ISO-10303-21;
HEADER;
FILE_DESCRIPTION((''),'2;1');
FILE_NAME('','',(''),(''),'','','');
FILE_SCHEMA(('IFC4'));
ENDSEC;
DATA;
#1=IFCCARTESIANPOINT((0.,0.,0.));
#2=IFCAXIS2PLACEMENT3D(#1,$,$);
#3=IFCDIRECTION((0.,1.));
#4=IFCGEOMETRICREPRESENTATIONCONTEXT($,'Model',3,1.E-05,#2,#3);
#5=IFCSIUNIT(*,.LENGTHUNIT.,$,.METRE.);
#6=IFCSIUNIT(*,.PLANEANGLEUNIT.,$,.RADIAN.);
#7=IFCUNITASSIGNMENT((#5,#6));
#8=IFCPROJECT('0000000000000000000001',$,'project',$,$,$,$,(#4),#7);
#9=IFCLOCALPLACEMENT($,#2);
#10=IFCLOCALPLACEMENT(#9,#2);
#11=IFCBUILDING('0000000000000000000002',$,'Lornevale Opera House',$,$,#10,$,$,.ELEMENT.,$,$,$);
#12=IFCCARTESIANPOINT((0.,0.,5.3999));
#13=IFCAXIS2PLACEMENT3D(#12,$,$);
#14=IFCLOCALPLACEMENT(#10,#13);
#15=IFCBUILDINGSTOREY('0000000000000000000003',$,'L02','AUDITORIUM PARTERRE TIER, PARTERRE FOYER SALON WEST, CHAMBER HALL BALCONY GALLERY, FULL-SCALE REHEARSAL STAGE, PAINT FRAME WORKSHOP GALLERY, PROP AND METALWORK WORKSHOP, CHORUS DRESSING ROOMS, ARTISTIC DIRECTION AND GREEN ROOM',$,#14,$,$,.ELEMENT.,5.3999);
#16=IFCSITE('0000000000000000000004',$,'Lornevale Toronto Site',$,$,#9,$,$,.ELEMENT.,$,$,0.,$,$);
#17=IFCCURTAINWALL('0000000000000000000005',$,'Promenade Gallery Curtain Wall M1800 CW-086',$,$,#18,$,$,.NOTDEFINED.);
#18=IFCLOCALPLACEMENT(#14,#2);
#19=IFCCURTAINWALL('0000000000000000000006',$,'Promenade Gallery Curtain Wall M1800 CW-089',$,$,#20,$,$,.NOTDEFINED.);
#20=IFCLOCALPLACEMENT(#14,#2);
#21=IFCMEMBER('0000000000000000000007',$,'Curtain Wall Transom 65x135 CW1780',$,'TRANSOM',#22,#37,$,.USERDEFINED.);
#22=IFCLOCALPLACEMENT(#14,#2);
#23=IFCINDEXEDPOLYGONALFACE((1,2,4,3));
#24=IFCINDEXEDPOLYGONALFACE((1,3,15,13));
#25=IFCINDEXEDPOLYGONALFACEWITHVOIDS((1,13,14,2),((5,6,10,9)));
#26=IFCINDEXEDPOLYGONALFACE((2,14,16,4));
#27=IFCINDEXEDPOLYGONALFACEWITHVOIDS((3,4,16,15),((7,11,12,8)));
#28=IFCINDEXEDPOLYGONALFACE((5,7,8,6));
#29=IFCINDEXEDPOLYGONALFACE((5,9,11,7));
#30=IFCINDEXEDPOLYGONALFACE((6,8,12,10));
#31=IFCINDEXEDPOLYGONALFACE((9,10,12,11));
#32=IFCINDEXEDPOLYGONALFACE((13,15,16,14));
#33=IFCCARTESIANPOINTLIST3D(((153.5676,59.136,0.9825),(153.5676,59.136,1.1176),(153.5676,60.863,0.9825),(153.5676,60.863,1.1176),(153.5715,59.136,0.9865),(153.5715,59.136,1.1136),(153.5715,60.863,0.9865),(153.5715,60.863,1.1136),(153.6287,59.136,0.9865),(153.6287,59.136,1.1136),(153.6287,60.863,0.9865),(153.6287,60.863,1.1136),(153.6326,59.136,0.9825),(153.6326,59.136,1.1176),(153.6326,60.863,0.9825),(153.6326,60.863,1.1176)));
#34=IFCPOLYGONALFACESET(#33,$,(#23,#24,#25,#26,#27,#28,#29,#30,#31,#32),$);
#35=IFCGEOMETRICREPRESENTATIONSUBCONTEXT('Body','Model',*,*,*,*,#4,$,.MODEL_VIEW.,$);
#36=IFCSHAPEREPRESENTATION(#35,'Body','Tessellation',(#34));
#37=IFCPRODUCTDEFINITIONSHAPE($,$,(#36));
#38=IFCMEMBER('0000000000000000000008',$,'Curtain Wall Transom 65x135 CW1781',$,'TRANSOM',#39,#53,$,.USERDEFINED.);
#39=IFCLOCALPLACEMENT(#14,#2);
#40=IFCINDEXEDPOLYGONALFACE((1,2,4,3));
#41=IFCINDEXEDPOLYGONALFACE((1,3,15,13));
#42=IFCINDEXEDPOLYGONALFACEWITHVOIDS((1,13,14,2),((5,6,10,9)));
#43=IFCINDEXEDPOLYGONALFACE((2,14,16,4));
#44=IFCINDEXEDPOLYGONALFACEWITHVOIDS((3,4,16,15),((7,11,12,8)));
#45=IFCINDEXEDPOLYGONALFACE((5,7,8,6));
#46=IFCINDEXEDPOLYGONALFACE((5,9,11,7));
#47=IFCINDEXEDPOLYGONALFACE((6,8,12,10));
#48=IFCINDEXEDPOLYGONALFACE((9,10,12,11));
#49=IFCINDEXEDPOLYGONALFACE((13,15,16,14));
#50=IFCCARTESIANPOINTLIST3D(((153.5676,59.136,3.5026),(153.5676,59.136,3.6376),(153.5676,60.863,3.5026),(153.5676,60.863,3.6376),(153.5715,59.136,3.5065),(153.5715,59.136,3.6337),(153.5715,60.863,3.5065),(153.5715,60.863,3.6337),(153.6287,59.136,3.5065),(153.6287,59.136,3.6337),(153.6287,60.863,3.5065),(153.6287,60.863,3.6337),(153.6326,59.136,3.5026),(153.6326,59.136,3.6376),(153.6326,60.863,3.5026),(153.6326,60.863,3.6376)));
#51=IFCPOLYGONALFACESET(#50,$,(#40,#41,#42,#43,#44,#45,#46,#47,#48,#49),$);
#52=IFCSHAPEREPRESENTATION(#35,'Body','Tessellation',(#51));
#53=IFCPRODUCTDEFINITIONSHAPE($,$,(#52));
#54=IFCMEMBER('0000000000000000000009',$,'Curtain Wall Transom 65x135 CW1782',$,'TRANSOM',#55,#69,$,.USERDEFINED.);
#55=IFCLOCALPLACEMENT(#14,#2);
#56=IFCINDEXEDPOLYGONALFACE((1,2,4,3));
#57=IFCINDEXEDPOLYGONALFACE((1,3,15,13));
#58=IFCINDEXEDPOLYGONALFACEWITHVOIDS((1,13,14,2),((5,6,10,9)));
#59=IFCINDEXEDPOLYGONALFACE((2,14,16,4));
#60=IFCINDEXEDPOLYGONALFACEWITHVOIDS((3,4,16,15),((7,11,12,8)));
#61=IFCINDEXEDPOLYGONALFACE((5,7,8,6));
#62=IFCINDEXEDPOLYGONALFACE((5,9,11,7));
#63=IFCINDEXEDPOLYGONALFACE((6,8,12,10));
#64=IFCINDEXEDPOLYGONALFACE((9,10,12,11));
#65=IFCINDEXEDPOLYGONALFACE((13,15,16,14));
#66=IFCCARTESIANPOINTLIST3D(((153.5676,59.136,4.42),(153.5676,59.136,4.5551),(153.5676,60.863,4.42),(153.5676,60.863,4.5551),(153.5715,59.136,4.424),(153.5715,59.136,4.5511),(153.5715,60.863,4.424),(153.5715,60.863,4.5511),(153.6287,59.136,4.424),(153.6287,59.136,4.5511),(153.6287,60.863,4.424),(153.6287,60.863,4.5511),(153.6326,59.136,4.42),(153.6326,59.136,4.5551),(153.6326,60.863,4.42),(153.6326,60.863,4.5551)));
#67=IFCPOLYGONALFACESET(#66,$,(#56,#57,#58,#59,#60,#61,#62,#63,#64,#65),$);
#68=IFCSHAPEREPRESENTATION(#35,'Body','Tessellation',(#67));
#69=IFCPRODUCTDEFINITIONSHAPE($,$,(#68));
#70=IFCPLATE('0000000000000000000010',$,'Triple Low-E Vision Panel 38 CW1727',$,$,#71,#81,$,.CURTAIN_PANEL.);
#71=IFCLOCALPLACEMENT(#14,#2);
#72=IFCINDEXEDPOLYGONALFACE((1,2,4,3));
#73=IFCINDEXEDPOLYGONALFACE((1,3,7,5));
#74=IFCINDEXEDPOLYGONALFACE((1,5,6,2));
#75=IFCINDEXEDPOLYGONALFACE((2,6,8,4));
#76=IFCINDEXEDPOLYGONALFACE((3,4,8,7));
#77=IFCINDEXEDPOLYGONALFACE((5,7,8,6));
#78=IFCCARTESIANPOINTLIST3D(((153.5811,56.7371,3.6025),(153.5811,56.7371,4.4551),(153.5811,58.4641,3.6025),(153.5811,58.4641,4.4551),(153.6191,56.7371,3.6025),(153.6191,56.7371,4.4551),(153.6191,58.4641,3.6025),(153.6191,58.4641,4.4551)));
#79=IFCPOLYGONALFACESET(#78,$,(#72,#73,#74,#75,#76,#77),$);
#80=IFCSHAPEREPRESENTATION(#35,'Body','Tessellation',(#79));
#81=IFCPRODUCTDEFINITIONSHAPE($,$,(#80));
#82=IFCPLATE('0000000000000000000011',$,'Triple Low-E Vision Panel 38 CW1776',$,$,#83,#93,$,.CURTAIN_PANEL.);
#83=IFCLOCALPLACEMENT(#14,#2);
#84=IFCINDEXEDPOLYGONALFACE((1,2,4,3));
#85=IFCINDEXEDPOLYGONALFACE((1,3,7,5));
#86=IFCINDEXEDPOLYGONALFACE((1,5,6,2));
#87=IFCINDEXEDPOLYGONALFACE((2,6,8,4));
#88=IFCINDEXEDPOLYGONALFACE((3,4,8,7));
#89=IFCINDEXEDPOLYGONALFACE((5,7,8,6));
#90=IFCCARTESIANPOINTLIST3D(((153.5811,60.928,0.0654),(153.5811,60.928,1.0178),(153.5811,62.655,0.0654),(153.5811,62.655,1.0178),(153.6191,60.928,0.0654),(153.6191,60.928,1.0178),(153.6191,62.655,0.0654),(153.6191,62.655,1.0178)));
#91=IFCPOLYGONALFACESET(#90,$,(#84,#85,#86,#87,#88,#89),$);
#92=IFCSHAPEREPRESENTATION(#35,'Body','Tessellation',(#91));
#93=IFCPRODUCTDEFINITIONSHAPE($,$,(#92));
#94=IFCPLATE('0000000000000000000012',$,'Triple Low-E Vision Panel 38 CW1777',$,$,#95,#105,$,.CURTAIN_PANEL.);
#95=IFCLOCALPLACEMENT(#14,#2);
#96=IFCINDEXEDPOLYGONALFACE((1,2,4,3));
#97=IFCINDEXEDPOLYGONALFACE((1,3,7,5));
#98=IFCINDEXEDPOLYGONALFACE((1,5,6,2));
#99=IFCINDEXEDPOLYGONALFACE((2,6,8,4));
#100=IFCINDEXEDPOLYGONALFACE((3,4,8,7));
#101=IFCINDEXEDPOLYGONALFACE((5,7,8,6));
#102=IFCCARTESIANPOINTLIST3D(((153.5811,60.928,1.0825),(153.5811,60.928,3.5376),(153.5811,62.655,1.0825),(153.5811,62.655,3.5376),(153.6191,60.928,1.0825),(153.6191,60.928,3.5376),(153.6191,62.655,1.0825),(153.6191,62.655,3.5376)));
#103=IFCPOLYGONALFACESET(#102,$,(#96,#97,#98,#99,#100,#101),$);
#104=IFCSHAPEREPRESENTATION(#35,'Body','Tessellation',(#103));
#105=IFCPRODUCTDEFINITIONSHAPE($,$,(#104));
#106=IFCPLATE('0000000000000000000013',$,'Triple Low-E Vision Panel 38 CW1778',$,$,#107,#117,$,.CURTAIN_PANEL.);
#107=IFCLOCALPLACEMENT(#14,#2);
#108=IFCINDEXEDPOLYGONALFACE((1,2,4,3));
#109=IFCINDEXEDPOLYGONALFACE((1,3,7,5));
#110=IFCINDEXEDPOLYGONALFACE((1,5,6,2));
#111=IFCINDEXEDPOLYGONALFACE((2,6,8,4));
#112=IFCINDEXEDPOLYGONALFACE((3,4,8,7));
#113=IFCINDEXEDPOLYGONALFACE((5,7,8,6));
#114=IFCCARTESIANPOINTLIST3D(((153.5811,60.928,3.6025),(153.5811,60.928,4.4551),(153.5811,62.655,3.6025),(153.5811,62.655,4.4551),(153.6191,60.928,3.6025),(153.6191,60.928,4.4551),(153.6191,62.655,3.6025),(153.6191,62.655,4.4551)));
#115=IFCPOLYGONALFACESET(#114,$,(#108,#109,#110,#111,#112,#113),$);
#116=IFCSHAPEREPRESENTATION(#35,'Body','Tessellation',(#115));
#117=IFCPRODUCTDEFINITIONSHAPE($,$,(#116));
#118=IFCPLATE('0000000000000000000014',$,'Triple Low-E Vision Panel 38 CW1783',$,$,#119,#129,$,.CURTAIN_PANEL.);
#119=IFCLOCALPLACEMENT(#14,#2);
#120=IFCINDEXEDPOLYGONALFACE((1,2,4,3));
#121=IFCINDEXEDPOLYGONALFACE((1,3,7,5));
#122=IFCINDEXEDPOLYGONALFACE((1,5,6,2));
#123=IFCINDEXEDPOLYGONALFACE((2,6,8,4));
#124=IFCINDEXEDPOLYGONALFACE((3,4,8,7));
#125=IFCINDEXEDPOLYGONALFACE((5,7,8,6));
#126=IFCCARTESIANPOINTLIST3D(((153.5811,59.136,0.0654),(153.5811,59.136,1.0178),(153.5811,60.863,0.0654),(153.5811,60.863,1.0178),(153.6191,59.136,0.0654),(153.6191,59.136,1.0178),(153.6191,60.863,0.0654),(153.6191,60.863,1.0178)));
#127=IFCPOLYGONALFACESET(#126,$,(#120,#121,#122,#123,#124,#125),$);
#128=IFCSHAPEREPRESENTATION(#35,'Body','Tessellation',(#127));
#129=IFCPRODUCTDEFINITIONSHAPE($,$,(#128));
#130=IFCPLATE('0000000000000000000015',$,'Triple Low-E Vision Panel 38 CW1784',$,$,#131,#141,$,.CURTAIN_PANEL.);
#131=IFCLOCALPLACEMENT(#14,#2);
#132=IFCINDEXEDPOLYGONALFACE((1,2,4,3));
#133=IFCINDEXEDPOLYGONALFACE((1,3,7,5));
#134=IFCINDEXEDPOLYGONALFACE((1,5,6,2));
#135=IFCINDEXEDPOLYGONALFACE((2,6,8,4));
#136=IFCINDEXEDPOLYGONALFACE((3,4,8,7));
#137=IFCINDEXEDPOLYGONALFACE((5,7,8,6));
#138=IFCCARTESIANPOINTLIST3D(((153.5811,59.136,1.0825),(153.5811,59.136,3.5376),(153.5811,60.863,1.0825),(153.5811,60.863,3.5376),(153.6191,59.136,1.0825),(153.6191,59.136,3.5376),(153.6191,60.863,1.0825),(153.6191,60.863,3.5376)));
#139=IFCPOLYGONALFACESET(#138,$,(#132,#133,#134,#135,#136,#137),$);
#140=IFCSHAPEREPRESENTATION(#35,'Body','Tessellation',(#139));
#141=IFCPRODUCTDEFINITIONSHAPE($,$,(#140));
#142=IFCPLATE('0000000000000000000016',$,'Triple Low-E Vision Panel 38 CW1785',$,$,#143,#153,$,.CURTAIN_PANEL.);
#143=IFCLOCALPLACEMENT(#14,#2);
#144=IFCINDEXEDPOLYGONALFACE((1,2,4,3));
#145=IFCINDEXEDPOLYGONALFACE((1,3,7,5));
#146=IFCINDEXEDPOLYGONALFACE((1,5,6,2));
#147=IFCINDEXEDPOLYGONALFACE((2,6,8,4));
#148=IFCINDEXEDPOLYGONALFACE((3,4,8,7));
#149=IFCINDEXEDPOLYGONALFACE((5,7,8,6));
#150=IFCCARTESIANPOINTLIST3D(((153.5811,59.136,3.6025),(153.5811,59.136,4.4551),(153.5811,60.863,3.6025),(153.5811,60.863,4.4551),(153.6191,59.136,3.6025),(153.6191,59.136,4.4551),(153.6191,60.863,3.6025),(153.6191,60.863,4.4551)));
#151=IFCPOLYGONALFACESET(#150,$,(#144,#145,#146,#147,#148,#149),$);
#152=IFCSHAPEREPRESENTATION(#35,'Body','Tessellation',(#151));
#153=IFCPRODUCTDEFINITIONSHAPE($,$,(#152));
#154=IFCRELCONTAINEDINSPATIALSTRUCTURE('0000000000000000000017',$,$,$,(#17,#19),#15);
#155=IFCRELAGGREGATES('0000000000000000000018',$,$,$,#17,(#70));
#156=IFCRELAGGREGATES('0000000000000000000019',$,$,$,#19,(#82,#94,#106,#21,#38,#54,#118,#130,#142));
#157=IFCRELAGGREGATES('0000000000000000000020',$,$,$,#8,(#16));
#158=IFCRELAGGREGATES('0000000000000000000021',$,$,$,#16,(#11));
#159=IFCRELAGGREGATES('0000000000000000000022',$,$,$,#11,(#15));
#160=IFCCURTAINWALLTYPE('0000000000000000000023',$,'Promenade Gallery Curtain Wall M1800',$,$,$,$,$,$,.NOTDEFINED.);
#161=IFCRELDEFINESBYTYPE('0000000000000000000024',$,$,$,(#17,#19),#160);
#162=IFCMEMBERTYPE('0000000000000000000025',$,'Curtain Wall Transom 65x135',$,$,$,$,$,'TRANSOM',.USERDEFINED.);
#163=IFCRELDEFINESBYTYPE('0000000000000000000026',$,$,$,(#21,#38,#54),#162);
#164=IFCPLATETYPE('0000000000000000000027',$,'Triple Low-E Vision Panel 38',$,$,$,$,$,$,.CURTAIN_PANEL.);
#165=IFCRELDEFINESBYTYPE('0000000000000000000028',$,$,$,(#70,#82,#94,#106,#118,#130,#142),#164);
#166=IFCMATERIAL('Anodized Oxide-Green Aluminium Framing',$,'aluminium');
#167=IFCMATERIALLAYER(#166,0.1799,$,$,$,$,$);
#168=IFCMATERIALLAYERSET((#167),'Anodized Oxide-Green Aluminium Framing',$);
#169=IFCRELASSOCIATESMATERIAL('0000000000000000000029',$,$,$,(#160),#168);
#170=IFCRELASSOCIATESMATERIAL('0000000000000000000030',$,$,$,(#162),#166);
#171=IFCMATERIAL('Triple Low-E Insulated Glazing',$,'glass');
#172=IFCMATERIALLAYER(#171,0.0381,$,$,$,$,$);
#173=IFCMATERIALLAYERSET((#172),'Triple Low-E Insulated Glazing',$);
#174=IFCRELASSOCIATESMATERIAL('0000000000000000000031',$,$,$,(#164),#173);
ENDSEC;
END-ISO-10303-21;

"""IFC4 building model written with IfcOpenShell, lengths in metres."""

from ifc_helpers import new_model, si_unit, direction, frame, origin, origin_2d, place, context, subcontext, project, spatial, rectangle, hollow_rectangle, extrude, material, layer, layer_set, material_profile, profile_set, type_object, element, aggregate, save


model = new_model("IFC4")

# Units and contexts
model_context = context("Model", 3, precision=1e-05, world=origin(), true_north=direction((0.0, 1.0)))
body_context = subcontext(model_context, "Body", "Model", "MODEL_VIEW")
ifc_project = project(units=[si_unit("LENGTHUNIT", "METRE"), si_unit("PLANEANGLEUNIT", "RADIAN")], contexts=[model_context])

# Site, building, storey
site_placement = place(None, origin())
site = spatial("IfcSite", under=ifc_project, at=site_placement, Name="Lornevale Toronto Site", CompositionType="ELEMENT", RefElevation=0.0)
building_placement = place(site_placement, origin())
building = spatial("IfcBuilding", under=site, at=building_placement, Name="Lornevale Opera House", CompositionType="ELEMENT")
storey_placement = place(building_placement, frame((0.0, 0.0, 5.3999)))
storey = spatial("IfcBuildingStorey", under=building, at=storey_placement, Name="L02", Description="AUDITORIUM PARTERRE TIER, PARTERRE FOYER SALON WEST, CHAMBER HALL BALCONY GALLERY, FULL-SCALE REHEARSAL STAGE, PAINT FRAME WORKSHOP GALLERY, PROP AND METALWORK WORKSHOP, CHORUS DRESSING ROOMS, ARTISTIC DIRECTION AND GREEN ROOM", CompositionType="ELEMENT", Elevation=5.3999)

# Curtain wall
ifc_material_1 = material(Name="Anodized Oxide-Green Aluminium Framing", Category="aluminium")
ifc_layer_1 = layer(ifc_material_1, 0.1799)
ifc_layer_set_1 = layer_set([ifc_layer_1], Name="Anodized Oxide-Green Aluminium Framing")
curtain_wall_type = type_object("IfcCurtainWallType", Name="Promenade Gallery Curtain Wall M1800", PredefinedType="NOTDEFINED", material=ifc_layer_set_1)
curtain_wall_1_placement = place(storey_placement, origin())
curtain_wall_1 = element("IfcCurtainWall", 1, at=curtain_wall_1_placement, inside=storey, type_object=curtain_wall_type, Name="Promenade Gallery Curtain Wall M1800 CW-086", PredefinedType="NOTDEFINED")

# Curtain wall
curtain_wall_2_placement = place(storey_placement, origin())
curtain_wall_2 = element("IfcCurtainWall", 2, at=curtain_wall_2_placement, inside=storey, type_object=curtain_wall_type, Name="Promenade Gallery Curtain Wall M1800 CW-089", PredefinedType="NOTDEFINED")

# Members
ifc_material_profile_1 = material_profile(ifc_material_1, hollow_rectangle(XDim=0.0649, YDim=0.135, WallThickness=0.0039, at=origin_2d()), Name="ALU65x135x4")
ifc_profile_set_1 = profile_set([ifc_material_profile_1], Name="Anodized Oxide-Green Aluminium Framing")
member_type_1 = type_object("IfcMemberType", Name="Curtain Wall Transom 65x135", ElementType="TRANSOM", PredefinedType="USERDEFINED", material=ifc_profile_set_1)
member_1_placement = place(storey_placement, frame((153.6001, 60.863, 1.05), z_axis=(0.0, -1.0, 0.0), x_axis=(1.0, 0.0, 0.0)))
member_1 = element("IfcMember", 3, at=member_1_placement, type_object=member_type_1, Name="Curtain Wall Transom 65x135 CW1780", ObjectType="TRANSOM", PredefinedType="USERDEFINED", context=body_context, shape_type="SweptSolid", body=[
    extrude(hollow_rectangle(XDim=0.0649, YDim=0.135, WallThickness=0.0039, at=origin_2d()), origin(), (0.0, 0.0, 1.0), 1.7271),
])
member_2_placement = place(storey_placement, frame((153.6001, 60.863, 3.5701), z_axis=(0.0, -1.0, 0.0), x_axis=(1.0, 0.0, 0.0)))
member_2 = element("IfcMember", 4, at=member_2_placement, type_object=member_type_1, Name="Curtain Wall Transom 65x135 CW1781", ObjectType="TRANSOM", PredefinedType="USERDEFINED", context=body_context, shape_type="SweptSolid", body=[
    extrude(hollow_rectangle(XDim=0.0649, YDim=0.135, WallThickness=0.0039, at=origin_2d()), origin(), (0.0, 0.0, 1.0), 1.7271),
])
member_3_placement = place(storey_placement, frame((153.6001, 60.863, 4.4875), z_axis=(0.0, -1.0, 0.0), x_axis=(1.0, 0.0, 0.0)))
member_3 = element("IfcMember", 5, at=member_3_placement, type_object=member_type_1, Name="Curtain Wall Transom 65x135 CW1782", ObjectType="TRANSOM", PredefinedType="USERDEFINED", context=body_context, shape_type="SweptSolid", body=[
    extrude(hollow_rectangle(XDim=0.0649, YDim=0.135, WallThickness=0.0039, at=origin_2d()), origin(), (0.0, 0.0, 1.0), 1.7271),
])

# Plates
ifc_material_2 = material(Name="Triple Low-E Insulated Glazing", Category="glass")
ifc_layer_2 = layer(ifc_material_2, 0.0381)
ifc_layer_set_2 = layer_set([ifc_layer_2], Name="Triple Low-E Insulated Glazing")
plate_type = type_object("IfcPlateType", Name="Triple Low-E Vision Panel 38", PredefinedType="CURTAIN_PANEL", material=ifc_layer_set_2)
plate_1_placement = place(storey_placement, frame((153.6001, 57.6006, 3.6025), z_axis=(0.0, 0.0, 1.0), x_axis=(0.0, -1.0, 0.0)))
plate_1 = element("IfcPlate", 6, at=plate_1_placement, type_object=plate_type, Name="Triple Low-E Vision Panel 38 CW1727", PredefinedType="CURTAIN_PANEL", context=body_context, shape_type="SweptSolid", body=[
    extrude(rectangle(XDim=1.7271, YDim=0.0381, at=origin_2d()), origin(), (0.0, 0.0, 1.0), 0.8525),
])
aggregate(curtain_wall_1, [plate_1])
plate_2_placement = place(storey_placement, frame((153.6001, 61.7915, 0.0654), z_axis=(0.0, 0.0, 1.0), x_axis=(0.0, -1.0, 0.0)))
plate_2 = element("IfcPlate", 7, at=plate_2_placement, type_object=plate_type, Name="Triple Low-E Vision Panel 38 CW1776", PredefinedType="CURTAIN_PANEL", context=body_context, shape_type="SweptSolid", body=[
    extrude(rectangle(XDim=1.7271, YDim=0.0381, at=origin_2d()), origin(), (0.0, 0.0, 1.0), 0.9524),
])
plate_3_placement = place(storey_placement, frame((153.6001, 61.7915, 1.0825), z_axis=(0.0, 0.0, 1.0), x_axis=(0.0, -1.0, 0.0)))
plate_3 = element("IfcPlate", 8, at=plate_3_placement, type_object=plate_type, Name="Triple Low-E Vision Panel 38 CW1777", PredefinedType="CURTAIN_PANEL", context=body_context, shape_type="SweptSolid", body=[
    extrude(rectangle(XDim=1.7271, YDim=0.0381, at=origin_2d()), origin(), (0.0, 0.0, 1.0), 2.4551),
])
plate_4_placement = place(storey_placement, frame((153.6001, 61.7915, 3.6025), z_axis=(0.0, 0.0, 1.0), x_axis=(0.0, -1.0, 0.0)))
plate_4 = element("IfcPlate", 9, at=plate_4_placement, type_object=plate_type, Name="Triple Low-E Vision Panel 38 CW1778", PredefinedType="CURTAIN_PANEL", context=body_context, shape_type="SweptSolid", body=[
    extrude(rectangle(XDim=1.7271, YDim=0.0381, at=origin_2d()), origin(), (0.0, 0.0, 1.0), 0.8525),
])
plate_5_placement = place(storey_placement, frame((153.6001, 59.9995, 0.0654), z_axis=(0.0, 0.0, 1.0), x_axis=(0.0, -1.0, 0.0)))
plate_5 = element("IfcPlate", 10, at=plate_5_placement, type_object=plate_type, Name="Triple Low-E Vision Panel 38 CW1783", PredefinedType="CURTAIN_PANEL", context=body_context, shape_type="SweptSolid", body=[
    extrude(rectangle(XDim=1.7271, YDim=0.0381, at=origin_2d()), origin(), (0.0, 0.0, 1.0), 0.9524),
])
plate_6_placement = place(storey_placement, frame((153.6001, 59.9995, 1.0825), z_axis=(0.0, 0.0, 1.0), x_axis=(0.0, -1.0, 0.0)))
plate_6 = element("IfcPlate", 11, at=plate_6_placement, type_object=plate_type, Name="Triple Low-E Vision Panel 38 CW1784", PredefinedType="CURTAIN_PANEL", context=body_context, shape_type="SweptSolid", body=[
    extrude(rectangle(XDim=1.7271, YDim=0.0381, at=origin_2d()), origin(), (0.0, 0.0, 1.0), 2.4551),
])
plate_7_placement = place(storey_placement, frame((153.6001, 59.9995, 3.6025), z_axis=(0.0, 0.0, 1.0), x_axis=(0.0, -1.0, 0.0)))
plate_7 = element("IfcPlate", 12, at=plate_7_placement, type_object=plate_type, Name="Triple Low-E Vision Panel 38 CW1785", PredefinedType="CURTAIN_PANEL", context=body_context, shape_type="SweptSolid", body=[
    extrude(rectangle(XDim=1.7271, YDim=0.0381, at=origin_2d()), origin(), (0.0, 0.0, 1.0), 0.8525),
])
aggregate(curtain_wall_2, [plate_2, plate_3, plate_4, member_1, member_2, member_3, plate_5, plate_6, plate_7])

save(model, "model.ifc")
